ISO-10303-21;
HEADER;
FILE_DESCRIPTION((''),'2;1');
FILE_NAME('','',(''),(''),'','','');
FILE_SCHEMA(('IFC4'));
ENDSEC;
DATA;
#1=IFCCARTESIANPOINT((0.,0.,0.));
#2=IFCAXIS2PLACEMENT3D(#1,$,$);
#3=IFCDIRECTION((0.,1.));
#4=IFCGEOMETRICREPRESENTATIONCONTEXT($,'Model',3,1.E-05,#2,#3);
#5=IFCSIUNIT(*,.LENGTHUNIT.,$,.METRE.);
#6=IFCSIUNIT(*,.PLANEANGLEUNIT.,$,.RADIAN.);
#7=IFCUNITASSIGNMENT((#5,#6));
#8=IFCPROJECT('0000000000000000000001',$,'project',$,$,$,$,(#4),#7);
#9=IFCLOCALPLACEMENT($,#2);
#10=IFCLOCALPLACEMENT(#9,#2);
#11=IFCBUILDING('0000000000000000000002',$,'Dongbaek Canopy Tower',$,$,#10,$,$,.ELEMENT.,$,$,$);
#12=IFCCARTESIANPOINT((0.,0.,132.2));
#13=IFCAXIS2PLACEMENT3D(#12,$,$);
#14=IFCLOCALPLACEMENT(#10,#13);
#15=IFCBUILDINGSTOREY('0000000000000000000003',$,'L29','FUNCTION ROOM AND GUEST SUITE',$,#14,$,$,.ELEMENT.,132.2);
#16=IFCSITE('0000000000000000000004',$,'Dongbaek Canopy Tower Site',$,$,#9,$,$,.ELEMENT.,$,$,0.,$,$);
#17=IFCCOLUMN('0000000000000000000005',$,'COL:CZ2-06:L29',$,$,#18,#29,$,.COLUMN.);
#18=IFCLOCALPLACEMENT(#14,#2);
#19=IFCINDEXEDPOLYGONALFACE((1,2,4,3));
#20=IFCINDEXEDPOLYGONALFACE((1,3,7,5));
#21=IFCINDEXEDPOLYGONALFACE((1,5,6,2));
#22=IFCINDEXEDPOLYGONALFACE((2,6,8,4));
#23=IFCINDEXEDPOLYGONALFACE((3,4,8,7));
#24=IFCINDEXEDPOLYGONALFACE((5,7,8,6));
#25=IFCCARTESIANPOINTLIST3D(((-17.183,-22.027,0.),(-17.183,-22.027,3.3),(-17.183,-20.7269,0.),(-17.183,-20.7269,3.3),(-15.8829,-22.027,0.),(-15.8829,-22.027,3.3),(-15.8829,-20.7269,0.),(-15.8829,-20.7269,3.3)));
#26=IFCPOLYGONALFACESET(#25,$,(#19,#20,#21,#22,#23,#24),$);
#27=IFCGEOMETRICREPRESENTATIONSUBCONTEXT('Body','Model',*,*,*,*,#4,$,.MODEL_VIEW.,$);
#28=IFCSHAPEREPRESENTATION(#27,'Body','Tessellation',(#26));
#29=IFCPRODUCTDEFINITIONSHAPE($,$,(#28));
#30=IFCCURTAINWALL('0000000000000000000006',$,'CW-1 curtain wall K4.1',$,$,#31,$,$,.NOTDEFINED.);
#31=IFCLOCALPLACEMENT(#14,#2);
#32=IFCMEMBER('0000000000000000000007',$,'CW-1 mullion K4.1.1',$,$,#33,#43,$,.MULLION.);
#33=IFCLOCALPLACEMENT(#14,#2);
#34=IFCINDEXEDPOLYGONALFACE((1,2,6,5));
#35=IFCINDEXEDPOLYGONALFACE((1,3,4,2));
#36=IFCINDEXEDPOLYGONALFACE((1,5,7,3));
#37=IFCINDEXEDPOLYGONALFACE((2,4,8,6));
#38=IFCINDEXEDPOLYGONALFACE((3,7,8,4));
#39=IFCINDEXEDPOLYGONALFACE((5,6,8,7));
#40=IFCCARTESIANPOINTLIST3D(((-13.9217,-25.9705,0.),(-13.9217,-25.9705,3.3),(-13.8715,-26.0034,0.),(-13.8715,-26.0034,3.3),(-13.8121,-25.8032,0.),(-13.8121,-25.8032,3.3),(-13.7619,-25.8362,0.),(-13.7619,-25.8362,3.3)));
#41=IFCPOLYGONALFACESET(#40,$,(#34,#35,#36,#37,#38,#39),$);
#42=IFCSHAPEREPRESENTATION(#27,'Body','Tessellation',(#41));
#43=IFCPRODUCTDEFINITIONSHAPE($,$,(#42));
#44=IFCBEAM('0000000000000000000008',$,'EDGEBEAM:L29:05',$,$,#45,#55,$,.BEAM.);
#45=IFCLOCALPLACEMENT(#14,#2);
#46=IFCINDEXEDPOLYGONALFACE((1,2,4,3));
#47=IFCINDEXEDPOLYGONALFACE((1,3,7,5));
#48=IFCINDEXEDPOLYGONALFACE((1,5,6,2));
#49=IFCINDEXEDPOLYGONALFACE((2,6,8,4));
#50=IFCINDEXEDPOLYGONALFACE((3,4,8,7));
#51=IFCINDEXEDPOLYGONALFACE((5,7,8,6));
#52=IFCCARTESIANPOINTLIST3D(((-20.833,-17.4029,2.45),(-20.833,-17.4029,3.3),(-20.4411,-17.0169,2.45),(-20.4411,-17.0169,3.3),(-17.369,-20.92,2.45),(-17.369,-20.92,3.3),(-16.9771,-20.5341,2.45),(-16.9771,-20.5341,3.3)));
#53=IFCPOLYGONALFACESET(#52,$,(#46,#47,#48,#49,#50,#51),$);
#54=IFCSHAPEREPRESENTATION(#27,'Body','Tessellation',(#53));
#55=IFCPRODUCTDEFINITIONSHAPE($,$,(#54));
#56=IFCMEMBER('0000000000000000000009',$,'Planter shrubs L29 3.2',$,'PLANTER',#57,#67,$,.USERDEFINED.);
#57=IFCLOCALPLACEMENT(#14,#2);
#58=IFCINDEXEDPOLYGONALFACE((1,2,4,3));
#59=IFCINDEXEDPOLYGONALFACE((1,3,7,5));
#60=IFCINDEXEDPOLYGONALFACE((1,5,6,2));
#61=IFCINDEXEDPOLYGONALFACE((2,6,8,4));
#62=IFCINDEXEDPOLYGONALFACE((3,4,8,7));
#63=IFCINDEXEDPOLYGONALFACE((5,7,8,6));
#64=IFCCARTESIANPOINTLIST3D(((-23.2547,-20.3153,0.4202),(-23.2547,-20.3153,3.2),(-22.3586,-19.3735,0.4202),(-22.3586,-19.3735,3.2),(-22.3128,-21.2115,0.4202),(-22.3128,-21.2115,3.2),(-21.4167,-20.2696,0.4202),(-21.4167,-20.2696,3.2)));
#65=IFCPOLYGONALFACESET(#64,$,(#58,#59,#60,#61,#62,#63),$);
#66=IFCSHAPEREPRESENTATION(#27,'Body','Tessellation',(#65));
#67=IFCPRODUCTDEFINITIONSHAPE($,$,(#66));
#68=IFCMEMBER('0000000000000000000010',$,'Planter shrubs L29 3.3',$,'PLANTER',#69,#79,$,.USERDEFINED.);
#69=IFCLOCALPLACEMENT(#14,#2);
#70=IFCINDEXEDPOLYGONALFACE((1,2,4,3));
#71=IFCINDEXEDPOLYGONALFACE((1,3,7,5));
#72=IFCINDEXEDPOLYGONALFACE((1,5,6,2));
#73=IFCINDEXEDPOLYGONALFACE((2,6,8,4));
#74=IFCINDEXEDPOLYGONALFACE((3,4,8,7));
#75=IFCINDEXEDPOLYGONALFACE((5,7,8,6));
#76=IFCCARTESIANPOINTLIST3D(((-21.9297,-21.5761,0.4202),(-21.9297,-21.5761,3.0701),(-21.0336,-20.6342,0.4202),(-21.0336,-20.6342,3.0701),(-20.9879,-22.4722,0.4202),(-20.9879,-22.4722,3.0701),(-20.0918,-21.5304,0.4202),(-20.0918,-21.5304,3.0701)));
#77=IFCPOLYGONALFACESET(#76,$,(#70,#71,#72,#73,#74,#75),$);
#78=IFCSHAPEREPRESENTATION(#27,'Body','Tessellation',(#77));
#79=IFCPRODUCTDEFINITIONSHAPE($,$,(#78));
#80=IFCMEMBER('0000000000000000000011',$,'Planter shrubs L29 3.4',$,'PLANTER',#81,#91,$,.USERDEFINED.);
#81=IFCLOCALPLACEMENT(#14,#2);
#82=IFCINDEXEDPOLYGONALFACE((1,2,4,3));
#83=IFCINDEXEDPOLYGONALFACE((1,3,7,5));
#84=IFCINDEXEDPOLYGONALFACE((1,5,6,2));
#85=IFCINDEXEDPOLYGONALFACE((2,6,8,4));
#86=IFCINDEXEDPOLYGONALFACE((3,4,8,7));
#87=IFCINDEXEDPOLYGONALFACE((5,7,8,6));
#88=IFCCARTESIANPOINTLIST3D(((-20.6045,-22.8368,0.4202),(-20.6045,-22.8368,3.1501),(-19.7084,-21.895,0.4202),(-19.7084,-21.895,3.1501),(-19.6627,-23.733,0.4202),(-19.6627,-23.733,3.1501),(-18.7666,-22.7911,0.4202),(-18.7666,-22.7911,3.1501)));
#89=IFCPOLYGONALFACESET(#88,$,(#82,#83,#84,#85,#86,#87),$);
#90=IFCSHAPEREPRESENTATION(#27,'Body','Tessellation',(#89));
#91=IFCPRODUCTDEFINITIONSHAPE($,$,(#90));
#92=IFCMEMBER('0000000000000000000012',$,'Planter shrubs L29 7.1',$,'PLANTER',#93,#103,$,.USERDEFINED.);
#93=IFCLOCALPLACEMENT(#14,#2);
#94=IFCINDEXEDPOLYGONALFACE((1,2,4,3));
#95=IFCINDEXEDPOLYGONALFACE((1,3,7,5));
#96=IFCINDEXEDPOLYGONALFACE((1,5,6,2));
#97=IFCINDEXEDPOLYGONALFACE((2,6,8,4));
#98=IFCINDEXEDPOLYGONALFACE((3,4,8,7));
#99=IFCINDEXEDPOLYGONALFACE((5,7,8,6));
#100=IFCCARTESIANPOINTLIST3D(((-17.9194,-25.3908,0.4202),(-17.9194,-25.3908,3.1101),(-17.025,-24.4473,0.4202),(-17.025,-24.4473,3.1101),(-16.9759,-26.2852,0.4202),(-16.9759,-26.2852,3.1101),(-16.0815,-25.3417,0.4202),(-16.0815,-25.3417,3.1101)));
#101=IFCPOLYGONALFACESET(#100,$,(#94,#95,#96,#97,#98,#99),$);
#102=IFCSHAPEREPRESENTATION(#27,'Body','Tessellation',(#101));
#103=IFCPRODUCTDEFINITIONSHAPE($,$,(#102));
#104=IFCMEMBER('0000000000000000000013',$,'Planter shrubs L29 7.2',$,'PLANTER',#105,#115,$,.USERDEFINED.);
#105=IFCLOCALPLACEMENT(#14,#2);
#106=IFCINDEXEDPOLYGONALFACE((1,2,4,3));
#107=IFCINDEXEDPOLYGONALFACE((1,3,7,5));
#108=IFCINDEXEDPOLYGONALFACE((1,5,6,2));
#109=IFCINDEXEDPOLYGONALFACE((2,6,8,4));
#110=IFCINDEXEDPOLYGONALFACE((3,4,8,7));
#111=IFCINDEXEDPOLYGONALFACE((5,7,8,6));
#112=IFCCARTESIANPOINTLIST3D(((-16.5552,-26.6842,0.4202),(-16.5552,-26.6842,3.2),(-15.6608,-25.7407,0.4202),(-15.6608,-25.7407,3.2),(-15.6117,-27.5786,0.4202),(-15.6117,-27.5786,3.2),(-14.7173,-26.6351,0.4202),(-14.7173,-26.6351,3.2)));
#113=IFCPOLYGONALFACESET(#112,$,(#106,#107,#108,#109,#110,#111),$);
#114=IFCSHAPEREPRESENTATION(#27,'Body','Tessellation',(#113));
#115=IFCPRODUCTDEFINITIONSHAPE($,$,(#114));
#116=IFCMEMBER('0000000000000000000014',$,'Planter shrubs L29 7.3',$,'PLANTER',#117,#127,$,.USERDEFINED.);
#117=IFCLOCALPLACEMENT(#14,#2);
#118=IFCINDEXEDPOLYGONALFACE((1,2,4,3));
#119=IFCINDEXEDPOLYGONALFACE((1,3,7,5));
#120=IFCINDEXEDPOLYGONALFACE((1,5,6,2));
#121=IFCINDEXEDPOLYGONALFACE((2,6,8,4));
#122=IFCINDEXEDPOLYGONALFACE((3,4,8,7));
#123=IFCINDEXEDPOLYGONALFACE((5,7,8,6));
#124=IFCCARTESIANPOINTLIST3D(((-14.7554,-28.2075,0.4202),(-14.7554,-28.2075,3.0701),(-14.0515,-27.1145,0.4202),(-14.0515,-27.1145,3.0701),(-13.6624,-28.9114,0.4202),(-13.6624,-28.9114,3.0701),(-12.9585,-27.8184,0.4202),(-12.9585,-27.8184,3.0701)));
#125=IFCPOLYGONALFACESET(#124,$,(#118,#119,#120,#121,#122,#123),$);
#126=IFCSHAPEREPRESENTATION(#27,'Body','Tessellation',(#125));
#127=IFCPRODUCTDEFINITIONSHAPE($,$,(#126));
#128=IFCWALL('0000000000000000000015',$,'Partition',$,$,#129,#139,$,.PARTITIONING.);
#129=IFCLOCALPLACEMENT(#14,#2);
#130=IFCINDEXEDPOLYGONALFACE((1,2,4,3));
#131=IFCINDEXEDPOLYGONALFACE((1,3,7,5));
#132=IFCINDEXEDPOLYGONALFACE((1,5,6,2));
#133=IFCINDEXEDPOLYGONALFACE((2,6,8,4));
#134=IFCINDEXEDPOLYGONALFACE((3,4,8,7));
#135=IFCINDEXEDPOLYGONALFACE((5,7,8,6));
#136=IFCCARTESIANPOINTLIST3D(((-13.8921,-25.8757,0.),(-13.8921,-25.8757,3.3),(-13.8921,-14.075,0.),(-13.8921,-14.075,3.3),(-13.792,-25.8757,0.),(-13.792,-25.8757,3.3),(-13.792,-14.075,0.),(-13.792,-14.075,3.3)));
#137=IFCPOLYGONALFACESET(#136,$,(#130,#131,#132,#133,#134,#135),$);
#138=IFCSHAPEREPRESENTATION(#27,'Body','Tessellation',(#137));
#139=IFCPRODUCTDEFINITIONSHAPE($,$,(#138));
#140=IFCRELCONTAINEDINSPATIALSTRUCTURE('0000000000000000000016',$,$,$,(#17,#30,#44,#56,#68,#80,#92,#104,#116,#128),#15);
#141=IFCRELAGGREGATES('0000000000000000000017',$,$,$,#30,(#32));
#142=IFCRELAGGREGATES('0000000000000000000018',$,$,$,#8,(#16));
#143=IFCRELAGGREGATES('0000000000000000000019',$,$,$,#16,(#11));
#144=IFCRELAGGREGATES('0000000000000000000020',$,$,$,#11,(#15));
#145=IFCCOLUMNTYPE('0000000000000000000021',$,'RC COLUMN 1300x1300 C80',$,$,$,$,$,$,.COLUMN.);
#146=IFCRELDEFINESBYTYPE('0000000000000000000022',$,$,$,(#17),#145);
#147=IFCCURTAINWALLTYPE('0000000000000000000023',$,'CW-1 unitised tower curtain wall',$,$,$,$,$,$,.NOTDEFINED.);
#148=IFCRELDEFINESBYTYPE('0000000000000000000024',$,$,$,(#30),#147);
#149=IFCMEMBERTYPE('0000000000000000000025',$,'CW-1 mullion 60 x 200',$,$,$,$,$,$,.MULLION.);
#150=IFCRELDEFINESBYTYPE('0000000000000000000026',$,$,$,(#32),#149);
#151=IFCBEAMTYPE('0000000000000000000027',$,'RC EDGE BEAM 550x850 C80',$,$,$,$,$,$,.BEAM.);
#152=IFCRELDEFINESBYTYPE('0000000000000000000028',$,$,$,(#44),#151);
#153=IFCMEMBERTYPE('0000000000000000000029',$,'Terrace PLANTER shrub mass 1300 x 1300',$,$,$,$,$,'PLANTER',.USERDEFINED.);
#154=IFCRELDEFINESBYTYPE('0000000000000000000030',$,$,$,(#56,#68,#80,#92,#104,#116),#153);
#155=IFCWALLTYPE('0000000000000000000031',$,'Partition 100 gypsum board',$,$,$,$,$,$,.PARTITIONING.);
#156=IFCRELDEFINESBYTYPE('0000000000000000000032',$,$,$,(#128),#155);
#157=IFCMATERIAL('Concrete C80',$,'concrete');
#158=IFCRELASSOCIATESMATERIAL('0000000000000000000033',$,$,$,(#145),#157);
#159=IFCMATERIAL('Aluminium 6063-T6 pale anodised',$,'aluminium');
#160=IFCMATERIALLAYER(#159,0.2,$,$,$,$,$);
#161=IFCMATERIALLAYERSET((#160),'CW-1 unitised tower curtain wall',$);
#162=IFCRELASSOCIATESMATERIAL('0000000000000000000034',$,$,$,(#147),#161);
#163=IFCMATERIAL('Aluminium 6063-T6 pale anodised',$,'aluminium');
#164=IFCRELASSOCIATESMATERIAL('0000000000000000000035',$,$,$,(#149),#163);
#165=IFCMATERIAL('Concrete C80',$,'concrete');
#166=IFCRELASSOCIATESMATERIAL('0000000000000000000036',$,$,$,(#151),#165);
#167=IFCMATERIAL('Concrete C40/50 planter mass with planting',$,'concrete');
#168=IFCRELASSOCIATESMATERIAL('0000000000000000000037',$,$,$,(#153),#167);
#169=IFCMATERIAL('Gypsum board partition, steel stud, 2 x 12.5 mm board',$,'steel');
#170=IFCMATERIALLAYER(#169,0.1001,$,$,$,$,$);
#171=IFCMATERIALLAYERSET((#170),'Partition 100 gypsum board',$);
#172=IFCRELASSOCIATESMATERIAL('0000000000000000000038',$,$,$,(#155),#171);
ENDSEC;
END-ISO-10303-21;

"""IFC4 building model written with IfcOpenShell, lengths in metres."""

from ifc_helpers import new_model, si_unit, direction, frame, frame_2d, origin, origin_2d, place, context, subcontext, project, spatial, rectangle, extrude, material, layer, layer_set, material_profile, profile_set, type_object, element, aggregate, save


model = new_model("IFC4")

# Units and contexts
model_context = context("Model", 3, precision=1e-05, world=origin(), true_north=direction((0.0, 1.0)))
body_context = subcontext(model_context, "Body", "Model", "MODEL_VIEW")
ifc_project = project(units=[si_unit("LENGTHUNIT", "METRE"), si_unit("PLANEANGLEUNIT", "RADIAN")], contexts=[model_context])

# Site, building, storey
site_placement = place(None, origin())
site = spatial("IfcSite", under=ifc_project, at=site_placement, Name="Dongbaek Canopy Tower Site", CompositionType="ELEMENT", RefElevation=0.0)
building_placement = place(site_placement, origin())
building = spatial("IfcBuilding", under=site, at=building_placement, Name="Dongbaek Canopy Tower", CompositionType="ELEMENT")
storey_placement = place(building_placement, frame((0.0, 0.0, 132.2)))
storey = spatial("IfcBuildingStorey", under=building, at=storey_placement, Name="L29", Description="FUNCTION ROOM AND GUEST SUITE", CompositionType="ELEMENT", Elevation=132.2)

# Column
ifc_material_1 = material(Name="Concrete C80", Category="concrete")
ifc_material_profile_1 = material_profile(ifc_material_1, rectangle(XDim=1.3, YDim=1.3, at=origin_2d()), Name="RC COLUMN 1300x1300 C80")
ifc_profile_set_1 = profile_set([ifc_material_profile_1], Name="Concrete C80")
column_type = type_object("IfcColumnType", Name="RC COLUMN 1300x1300 C80", PredefinedType="COLUMN", material=ifc_profile_set_1)
column_placement = place(storey_placement, frame((-16.533, -21.377, 0.0), z_axis=(0.0, 0.0, 1.0), x_axis=(1.0, 0.0, 0.0)))
element("IfcColumn", 1, at=column_placement, inside=storey, type_object=column_type, Name="COL:CZ2-06:L29", PredefinedType="COLUMN", context=body_context, shape_type="SweptSolid", body=[
    extrude(rectangle(XDim=1.3, YDim=1.3, at=origin_2d()), origin(), (0.0, 0.0, 1.0), 3.3),
])

# Curtain wall, member
ifc_material_2 = material(Name="Aluminium 6063-T6 pale anodised", Category="aluminium")
ifc_layer_1 = layer(ifc_material_2, 0.2)
ifc_layer_set_1 = layer_set([ifc_layer_1], Name="CW-1 unitised tower curtain wall")
curtain_wall_type = type_object("IfcCurtainWallType", Name="CW-1 unitised tower curtain wall", PredefinedType="NOTDEFINED", material=ifc_layer_set_1)
curtain_wall_placement = place(storey_placement, origin())
curtain_wall = element("IfcCurtainWall", 2, at=curtain_wall_placement, inside=storey, type_object=curtain_wall_type, Name="CW-1 curtain wall K4.1", PredefinedType="NOTDEFINED")
ifc_material_3 = material(Name="Aluminium 6063-T6 pale anodised", Category="aluminium")
ifc_material_profile_2 = material_profile(ifc_material_3, rectangle(XDim=0.2, YDim=0.0601, at=origin_2d()), Name="CW-1 mullion 60 x 200")
ifc_profile_set_2 = profile_set([ifc_material_profile_2], Name="Aluminium 6063-T6 pale anodised")
member_type_1 = type_object("IfcMemberType", Name="CW-1 mullion 60 x 200", PredefinedType="MULLION", material=ifc_profile_set_2)
member_1_placement = place(storey_placement, frame((-13.8418, -25.9033, 0.0), z_axis=(0.0, 0.0, 1.0), x_axis=(-0.54806, -0.836439, 0.0)))
member_1 = element("IfcMember", 3, at=member_1_placement, type_object=member_type_1, Name="CW-1 mullion K4.1.1", PredefinedType="MULLION", context=body_context, shape_type="SweptSolid", body=[
    extrude(rectangle(XDim=0.2, YDim=0.0601, at=origin_2d()), origin(), (0.0, 0.0, 1.0), 3.3),
])
aggregate(curtain_wall, [member_1])

# Beam
ifc_material_4 = material(Name="Concrete C80", Category="concrete")
ifc_material_profile_3 = material_profile(ifc_material_4, rectangle(XDim=0.55, YDim=0.8501, at=origin_2d()), Name="RC EDGE BEAM 550x850 C80")
ifc_profile_set_3 = profile_set([ifc_material_profile_3], Name="Concrete C80")
beam_type = type_object("IfcBeamType", Name="RC EDGE BEAM 550x850 C80", PredefinedType="BEAM", material=ifc_profile_set_3)
beam_placement = place(storey_placement, frame((-17.1731, -20.7271, 2.875), z_axis=(-0.701695, 0.712477, 0.0), x_axis=(-0.712477, -0.701695, 0.0)))
element("IfcBeam", 4, at=beam_placement, inside=storey, type_object=beam_type, Name="EDGEBEAM:L29:05", PredefinedType="BEAM", context=body_context, shape_type="SweptSolid", body=[
    extrude(rectangle(XDim=0.55, YDim=0.8501, at=origin_2d()), origin(), (0.0, 0.0, 1.0), 4.9365),
])

# Members
ifc_material_5 = material(Name="Concrete C40/50 planter mass with planting", Category="concrete")
ifc_material_profile_4 = material_profile(ifc_material_5, rectangle(XDim=1.3, YDim=1.3, at=origin_2d()), Name="Terrace PLANTER shrub mass 1300 x 1300")
ifc_profile_set_4 = profile_set([ifc_material_profile_4], Name="Concrete C40/50 planter mass with planting")
member_type_2 = type_object("IfcMemberType", Name="Terrace PLANTER shrub mass 1300 x 1300", ElementType="PLANTER", PredefinedType="USERDEFINED", material=ifc_profile_set_4)
member_2_placement = place(storey_placement, frame((-22.3357, -20.2925, 0.4202), z_axis=(0.0, 0.0, 1.0), x_axis=(-0.689302, -0.724474, 0.0)))
element("IfcMember", 5, at=member_2_placement, inside=storey, type_object=member_type_2, Name="Planter shrubs L29 3.2", ObjectType="PLANTER", PredefinedType="USERDEFINED", context=body_context, shape_type="SweptSolid", body=[
    extrude(rectangle(XDim=1.3, YDim=1.3, at=origin_2d()), origin(), (0.0, 0.0, 1.0), 2.7798),
])
member_3_placement = place(storey_placement, frame((-21.0107, -21.5532, 0.4202), z_axis=(0.0, 0.0, 1.0), x_axis=(-0.689302, -0.724474, 0.0)))
element("IfcMember", 6, at=member_3_placement, inside=storey, type_object=member_type_2, Name="Planter shrubs L29 3.3", ObjectType="PLANTER", PredefinedType="USERDEFINED", context=body_context, shape_type="SweptSolid", body=[
    extrude(rectangle(XDim=1.3, YDim=1.3, at=origin_2d()), origin(), (0.0, 0.0, 1.0), 2.6499),
])
member_4_placement = place(storey_placement, frame((-19.6855, -22.814, 0.4202), z_axis=(0.0, 0.0, 1.0), x_axis=(-0.689302, -0.724474, 0.0)))
element("IfcMember", 7, at=member_4_placement, inside=storey, type_object=member_type_2, Name="Planter shrubs L29 3.4", ObjectType="PLANTER", PredefinedType="USERDEFINED", context=body_context, shape_type="SweptSolid", body=[
    extrude(rectangle(XDim=1.3, YDim=1.3, at=origin_2d()), origin(), (0.0, 0.0, 1.0), 2.73),
])
member_5_placement = place(storey_placement, frame((-17.0005, -25.3662, 0.4202), z_axis=(0.0, 0.0, 1.0), x_axis=(-0.687976, -0.725734, 0.0)))
element("IfcMember", 8, at=member_5_placement, inside=storey, type_object=member_type_2, Name="Planter shrubs L29 7.1", ObjectType="PLANTER", PredefinedType="USERDEFINED", context=body_context, shape_type="SweptSolid", body=[
    extrude(rectangle(XDim=1.3, YDim=1.3, at=origin_2d()), origin(), (0.0, 0.0, 1.0), 2.6899),
])
member_6_placement = place(storey_placement, frame((-15.6362, -26.6597, 0.4202), z_axis=(0.0, 0.0, 1.0), x_axis=(-0.687976, -0.725734, 0.0)))
element("IfcMember", 9, at=member_6_placement, inside=storey, type_object=member_type_2, Name="Planter shrubs L29 7.2", ObjectType="PLANTER", PredefinedType="USERDEFINED", context=body_context, shape_type="SweptSolid", body=[
    extrude(rectangle(XDim=1.3, YDim=1.3, at=origin_2d()), origin(), (0.0, 0.0, 1.0), 2.7798),
])
member_7_placement = place(storey_placement, frame((-13.8569, -28.0129, 0.4202), z_axis=(0.0, 0.0, 1.0), x_axis=(-0.541449, -0.840734, 0.0)))
element("IfcMember", 10, at=member_7_placement, inside=storey, type_object=member_type_2, Name="Planter shrubs L29 7.3", ObjectType="PLANTER", PredefinedType="USERDEFINED", context=body_context, shape_type="SweptSolid", body=[
    extrude(rectangle(XDim=1.3, YDim=1.3, at=origin_2d()), origin(), (0.0, 0.0, 1.0), 2.6499),
])

# Wall
ifc_material_6 = material(Name="Gypsum board partition, steel stud, 2 x 12.5 mm board", Category="steel")
ifc_layer_2 = layer(ifc_material_6, 0.1001)
ifc_layer_set_2 = layer_set([ifc_layer_2], Name="Partition 100 gypsum board")
wall_type_1 = type_object("IfcWallType", Name="Partition 100 gypsum board", PredefinedType="PARTITIONING", material=ifc_layer_set_2)
wall_1_placement = place(storey_placement, frame((-13.842, -25.8757, 0.0), z_axis=(0.0, 0.0, 1.0), x_axis=(0.0, 1.0, 0.0)))
element("IfcWall", 11, at=wall_1_placement, inside=storey, type_object=wall_type_1, Name="Partition", PredefinedType="PARTITIONING", context=body_context, shape_type="SweptSolid", body=[
    extrude(rectangle(XDim=11.8008, YDim=0.1001, at=frame_2d((5.9004, 0.0))), origin(), (0.0, 0.0, 1.0), 3.3),
])

save(model, "model.ifc")
